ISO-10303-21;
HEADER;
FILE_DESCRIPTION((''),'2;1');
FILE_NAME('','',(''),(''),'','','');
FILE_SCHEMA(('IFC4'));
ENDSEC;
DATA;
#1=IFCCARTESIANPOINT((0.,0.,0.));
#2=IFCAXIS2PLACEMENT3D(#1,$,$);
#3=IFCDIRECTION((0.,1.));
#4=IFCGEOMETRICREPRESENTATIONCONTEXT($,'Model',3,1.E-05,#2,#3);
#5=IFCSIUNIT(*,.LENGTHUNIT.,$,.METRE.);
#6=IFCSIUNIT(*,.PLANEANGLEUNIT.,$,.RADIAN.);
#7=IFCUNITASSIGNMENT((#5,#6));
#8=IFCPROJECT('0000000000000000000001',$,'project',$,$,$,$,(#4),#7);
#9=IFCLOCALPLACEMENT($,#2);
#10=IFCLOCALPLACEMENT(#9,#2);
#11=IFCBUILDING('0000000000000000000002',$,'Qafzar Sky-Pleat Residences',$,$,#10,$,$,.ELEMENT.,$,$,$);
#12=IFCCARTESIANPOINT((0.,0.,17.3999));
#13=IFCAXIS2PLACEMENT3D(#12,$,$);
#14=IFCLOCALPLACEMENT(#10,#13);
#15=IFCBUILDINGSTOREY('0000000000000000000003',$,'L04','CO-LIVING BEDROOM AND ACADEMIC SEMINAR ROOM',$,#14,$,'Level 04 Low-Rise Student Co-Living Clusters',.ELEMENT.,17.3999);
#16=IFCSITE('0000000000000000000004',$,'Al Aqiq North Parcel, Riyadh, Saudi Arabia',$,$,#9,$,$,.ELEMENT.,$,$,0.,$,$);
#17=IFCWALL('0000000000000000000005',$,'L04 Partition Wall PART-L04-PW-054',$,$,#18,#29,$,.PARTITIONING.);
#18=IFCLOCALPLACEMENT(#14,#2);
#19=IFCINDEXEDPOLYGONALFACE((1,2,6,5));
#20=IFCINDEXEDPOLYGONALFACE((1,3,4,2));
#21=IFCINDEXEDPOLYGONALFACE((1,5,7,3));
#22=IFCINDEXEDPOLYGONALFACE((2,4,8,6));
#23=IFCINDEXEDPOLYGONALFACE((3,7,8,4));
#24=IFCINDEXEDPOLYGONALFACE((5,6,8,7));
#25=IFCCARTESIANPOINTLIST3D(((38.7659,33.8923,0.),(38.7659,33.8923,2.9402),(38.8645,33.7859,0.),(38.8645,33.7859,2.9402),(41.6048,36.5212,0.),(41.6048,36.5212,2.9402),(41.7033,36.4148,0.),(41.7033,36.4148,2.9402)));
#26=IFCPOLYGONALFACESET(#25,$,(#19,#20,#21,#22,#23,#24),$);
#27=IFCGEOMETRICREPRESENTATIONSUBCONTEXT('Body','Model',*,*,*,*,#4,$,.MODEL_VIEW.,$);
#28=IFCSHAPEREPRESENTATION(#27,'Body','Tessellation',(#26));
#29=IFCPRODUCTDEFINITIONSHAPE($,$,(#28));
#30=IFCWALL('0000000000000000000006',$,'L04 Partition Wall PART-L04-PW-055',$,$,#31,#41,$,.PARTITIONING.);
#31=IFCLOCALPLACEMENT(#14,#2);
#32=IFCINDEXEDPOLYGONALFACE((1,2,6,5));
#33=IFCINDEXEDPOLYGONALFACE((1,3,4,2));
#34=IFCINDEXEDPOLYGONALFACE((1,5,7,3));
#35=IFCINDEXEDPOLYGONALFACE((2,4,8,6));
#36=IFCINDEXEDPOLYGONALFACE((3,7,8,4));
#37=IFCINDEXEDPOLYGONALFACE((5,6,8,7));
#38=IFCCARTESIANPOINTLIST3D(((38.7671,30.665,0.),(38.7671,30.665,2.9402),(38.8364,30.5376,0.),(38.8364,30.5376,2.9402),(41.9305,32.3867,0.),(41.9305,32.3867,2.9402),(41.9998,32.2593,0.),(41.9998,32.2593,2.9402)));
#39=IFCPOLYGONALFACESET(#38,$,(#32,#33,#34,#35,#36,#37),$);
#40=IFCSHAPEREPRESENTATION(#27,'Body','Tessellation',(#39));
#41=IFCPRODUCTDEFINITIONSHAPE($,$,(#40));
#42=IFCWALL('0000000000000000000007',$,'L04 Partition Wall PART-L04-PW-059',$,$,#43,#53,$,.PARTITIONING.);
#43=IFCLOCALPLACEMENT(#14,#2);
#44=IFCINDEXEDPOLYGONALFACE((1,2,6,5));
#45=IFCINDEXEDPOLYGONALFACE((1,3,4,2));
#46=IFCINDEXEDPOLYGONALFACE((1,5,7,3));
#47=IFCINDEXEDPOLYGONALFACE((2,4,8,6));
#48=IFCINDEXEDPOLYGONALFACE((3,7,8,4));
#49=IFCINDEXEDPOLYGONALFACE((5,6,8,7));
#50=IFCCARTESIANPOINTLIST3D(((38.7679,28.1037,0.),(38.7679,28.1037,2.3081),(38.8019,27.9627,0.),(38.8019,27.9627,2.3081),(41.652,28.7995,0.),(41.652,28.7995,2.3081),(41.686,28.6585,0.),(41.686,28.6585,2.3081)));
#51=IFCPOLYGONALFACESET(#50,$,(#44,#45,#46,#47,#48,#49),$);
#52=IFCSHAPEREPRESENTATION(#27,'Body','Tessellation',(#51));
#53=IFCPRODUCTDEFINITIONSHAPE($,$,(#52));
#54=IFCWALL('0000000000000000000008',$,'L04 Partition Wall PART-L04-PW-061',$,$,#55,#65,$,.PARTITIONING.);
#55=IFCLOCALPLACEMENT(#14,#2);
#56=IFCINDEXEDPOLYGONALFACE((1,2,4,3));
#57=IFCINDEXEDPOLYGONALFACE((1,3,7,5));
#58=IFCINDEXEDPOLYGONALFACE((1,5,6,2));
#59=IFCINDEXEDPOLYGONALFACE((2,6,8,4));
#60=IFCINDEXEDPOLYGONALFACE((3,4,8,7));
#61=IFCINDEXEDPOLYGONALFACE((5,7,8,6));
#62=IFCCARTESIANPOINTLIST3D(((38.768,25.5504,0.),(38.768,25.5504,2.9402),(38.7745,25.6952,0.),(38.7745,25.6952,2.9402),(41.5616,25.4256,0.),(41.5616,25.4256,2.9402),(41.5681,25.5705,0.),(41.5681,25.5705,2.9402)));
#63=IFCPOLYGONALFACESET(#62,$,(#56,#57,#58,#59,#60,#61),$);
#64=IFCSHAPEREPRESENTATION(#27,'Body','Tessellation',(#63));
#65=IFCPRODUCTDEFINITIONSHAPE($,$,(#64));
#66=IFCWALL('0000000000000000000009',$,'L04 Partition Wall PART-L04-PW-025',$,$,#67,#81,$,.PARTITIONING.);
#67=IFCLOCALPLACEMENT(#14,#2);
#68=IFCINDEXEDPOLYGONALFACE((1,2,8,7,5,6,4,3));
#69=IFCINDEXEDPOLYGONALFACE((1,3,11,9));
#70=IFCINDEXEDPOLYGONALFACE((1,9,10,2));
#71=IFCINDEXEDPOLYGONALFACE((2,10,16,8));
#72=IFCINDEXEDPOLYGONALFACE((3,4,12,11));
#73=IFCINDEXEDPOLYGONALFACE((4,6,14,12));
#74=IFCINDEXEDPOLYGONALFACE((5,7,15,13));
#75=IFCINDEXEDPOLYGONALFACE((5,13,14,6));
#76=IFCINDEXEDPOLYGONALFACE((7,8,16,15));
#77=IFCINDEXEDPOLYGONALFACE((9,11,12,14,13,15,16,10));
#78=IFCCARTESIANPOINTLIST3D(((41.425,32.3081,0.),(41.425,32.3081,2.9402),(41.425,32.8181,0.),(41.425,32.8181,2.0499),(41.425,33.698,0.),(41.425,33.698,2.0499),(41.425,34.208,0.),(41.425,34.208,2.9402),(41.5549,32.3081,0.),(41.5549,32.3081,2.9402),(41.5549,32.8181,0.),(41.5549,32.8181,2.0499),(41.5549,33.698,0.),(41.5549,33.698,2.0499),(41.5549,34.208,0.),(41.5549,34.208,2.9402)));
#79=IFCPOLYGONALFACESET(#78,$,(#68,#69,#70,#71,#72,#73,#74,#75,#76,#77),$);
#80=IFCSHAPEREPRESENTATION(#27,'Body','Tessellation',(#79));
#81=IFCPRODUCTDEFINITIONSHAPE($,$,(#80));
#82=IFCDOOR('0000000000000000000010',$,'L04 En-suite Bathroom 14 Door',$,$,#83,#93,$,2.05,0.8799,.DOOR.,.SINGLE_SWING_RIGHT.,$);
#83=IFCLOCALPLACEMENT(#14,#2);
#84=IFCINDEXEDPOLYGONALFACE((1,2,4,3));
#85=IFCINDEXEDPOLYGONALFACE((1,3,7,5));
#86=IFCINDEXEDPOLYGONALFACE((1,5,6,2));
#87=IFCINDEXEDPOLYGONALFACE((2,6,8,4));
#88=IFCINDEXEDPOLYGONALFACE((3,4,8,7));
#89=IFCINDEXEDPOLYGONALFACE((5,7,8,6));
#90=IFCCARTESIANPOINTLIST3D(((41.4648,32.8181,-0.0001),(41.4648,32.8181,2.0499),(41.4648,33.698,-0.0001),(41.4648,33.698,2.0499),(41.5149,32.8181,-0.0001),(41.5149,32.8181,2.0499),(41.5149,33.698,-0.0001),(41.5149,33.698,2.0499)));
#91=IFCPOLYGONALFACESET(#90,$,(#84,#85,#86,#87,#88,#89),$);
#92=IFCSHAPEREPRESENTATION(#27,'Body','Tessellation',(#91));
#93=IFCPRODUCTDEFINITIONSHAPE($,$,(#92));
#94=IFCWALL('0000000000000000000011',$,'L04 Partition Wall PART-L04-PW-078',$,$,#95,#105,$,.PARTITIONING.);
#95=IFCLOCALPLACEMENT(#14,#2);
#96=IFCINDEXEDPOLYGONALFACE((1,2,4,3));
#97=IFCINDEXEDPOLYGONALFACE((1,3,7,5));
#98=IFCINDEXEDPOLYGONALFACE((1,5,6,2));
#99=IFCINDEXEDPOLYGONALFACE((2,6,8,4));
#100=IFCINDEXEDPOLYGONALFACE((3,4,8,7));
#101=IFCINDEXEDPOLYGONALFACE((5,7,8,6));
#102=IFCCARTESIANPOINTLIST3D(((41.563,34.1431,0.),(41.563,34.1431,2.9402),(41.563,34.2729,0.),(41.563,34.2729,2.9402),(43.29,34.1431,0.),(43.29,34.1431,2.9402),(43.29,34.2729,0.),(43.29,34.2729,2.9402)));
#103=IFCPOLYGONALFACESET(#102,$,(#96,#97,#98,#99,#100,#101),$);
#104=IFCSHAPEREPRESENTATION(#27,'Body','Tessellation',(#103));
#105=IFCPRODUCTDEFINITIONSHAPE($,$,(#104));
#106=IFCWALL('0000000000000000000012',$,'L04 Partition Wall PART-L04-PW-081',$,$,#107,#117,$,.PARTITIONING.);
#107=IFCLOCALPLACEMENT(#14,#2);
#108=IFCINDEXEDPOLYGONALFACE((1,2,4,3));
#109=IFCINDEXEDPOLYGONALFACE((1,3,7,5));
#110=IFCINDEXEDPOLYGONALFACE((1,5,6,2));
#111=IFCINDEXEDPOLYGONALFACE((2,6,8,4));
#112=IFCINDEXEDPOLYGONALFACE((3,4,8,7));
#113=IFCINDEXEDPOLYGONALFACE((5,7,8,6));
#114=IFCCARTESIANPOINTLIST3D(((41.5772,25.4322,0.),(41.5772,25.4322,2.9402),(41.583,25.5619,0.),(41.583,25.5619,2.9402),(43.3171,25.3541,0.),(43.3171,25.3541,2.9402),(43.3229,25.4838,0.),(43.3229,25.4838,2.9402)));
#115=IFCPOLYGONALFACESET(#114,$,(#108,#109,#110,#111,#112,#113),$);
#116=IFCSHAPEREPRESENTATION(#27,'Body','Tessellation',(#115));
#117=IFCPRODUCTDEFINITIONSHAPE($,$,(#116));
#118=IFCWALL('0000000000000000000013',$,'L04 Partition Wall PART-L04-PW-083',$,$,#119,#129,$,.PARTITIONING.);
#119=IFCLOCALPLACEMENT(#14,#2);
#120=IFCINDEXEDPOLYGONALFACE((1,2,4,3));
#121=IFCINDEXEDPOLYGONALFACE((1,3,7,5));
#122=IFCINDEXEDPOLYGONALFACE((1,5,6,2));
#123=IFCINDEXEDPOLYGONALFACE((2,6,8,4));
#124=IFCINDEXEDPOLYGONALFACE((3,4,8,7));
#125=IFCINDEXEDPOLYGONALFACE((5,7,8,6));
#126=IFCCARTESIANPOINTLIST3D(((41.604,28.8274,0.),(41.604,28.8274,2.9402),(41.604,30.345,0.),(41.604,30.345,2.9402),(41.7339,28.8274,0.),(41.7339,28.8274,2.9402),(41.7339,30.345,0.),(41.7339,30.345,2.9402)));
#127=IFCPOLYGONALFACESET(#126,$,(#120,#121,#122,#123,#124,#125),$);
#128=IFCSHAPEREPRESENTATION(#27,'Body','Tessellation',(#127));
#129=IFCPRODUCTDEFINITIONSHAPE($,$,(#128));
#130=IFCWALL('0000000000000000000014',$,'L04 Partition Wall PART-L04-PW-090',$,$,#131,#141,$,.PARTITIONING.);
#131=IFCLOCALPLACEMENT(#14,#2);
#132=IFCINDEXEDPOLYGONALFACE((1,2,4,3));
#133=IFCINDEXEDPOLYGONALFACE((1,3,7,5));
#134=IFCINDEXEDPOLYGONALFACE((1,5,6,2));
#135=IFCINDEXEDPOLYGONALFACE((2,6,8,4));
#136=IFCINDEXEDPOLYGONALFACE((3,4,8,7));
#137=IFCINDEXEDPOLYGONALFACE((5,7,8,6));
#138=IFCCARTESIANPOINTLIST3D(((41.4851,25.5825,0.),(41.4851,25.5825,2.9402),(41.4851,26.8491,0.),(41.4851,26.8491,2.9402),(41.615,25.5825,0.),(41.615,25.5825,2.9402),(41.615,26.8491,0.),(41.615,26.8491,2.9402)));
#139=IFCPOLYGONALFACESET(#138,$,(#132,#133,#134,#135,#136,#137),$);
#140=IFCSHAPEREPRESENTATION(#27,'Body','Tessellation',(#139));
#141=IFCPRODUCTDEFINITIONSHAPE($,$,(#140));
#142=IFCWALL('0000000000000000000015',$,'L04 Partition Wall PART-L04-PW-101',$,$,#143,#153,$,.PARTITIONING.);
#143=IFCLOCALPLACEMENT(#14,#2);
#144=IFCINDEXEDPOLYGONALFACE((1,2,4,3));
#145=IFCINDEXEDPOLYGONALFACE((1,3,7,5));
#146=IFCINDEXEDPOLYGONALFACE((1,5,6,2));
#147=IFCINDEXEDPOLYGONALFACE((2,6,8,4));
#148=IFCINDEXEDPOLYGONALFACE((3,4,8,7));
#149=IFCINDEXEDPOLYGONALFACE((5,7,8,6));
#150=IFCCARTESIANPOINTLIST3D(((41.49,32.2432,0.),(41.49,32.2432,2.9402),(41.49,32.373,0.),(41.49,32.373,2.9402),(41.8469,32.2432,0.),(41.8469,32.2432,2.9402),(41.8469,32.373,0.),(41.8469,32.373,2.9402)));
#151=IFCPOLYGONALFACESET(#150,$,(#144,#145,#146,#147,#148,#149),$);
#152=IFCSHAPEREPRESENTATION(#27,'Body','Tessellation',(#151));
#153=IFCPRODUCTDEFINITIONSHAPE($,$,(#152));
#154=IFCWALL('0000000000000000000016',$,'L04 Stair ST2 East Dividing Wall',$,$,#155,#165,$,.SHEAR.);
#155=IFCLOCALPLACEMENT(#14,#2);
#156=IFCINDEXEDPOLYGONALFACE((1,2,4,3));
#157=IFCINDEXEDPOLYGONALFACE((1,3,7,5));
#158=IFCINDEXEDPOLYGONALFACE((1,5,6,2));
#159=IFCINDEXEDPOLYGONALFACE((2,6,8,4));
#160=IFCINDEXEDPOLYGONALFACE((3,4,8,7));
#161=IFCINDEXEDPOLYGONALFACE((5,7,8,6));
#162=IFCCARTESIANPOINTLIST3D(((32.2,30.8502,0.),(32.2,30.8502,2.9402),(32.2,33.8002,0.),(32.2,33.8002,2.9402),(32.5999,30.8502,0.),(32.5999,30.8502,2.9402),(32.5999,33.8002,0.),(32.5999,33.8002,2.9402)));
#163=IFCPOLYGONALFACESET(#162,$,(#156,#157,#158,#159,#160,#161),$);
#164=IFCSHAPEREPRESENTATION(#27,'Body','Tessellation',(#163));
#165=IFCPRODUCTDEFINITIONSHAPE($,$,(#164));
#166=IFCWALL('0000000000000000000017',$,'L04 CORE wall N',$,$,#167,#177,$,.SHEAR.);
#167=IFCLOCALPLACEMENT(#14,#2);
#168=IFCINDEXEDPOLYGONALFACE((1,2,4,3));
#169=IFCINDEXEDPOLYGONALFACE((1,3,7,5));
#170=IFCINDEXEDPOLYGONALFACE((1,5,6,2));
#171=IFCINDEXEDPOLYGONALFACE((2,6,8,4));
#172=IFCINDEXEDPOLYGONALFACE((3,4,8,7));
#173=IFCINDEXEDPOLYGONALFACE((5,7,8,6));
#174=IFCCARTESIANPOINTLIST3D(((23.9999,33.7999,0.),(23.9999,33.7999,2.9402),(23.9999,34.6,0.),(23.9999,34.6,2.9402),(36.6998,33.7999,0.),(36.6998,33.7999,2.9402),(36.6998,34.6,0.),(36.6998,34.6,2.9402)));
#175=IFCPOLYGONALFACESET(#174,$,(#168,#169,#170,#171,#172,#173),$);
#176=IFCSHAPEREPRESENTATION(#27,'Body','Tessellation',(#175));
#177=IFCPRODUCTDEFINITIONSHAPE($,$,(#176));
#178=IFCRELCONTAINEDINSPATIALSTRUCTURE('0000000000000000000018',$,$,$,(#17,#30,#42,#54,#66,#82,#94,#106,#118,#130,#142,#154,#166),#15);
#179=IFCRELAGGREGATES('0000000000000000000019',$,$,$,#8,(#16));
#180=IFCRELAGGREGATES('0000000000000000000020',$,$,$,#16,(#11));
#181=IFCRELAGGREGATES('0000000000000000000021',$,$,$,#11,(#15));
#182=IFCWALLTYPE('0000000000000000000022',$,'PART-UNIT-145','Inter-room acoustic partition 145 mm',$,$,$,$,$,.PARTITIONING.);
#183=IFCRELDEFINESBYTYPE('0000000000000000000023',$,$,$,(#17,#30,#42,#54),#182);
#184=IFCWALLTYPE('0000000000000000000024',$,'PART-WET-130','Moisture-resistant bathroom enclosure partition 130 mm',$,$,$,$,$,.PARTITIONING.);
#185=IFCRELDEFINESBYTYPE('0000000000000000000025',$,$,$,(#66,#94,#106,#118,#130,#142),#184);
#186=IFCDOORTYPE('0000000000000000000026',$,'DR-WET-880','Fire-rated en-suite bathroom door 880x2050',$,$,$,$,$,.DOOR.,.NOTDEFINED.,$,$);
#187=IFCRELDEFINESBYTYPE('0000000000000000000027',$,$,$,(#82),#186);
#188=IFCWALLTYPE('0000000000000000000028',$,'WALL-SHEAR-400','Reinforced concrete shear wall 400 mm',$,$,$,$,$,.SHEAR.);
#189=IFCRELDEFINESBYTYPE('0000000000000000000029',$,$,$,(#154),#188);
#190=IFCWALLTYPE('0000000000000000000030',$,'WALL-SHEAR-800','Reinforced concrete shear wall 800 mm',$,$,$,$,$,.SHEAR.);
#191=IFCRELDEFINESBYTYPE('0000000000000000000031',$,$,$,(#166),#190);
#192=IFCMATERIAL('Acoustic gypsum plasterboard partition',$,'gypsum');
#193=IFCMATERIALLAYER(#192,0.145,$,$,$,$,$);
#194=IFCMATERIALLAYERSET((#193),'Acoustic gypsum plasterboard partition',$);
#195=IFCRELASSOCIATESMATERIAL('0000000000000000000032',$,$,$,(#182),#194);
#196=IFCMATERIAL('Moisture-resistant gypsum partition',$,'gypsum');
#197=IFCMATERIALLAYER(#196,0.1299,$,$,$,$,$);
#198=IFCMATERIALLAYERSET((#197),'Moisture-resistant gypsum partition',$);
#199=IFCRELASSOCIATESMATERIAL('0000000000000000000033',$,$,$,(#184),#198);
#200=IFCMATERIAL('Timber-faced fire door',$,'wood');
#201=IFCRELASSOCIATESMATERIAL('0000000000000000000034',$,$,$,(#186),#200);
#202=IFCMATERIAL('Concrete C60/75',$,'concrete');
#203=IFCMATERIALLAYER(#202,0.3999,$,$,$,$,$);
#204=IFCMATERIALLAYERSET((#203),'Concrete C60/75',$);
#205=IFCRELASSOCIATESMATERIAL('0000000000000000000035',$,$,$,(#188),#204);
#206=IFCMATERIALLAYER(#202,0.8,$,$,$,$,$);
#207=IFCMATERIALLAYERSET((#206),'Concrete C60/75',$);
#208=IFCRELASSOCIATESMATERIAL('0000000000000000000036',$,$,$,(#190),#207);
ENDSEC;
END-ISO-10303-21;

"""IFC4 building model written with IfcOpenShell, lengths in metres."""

from ifc_helpers import new_model, si_unit, direction, frame, frame_2d, origin, place, context, subcontext, project, spatial, rectangle, extrude, source, transform, mapped, material, layer, layer_set, type_object, element, fill, save


model = new_model("IFC4")

# Units and contexts
model_context = context("Model", 3, precision=1e-05, world=origin(), true_north=direction((0.0, 1.0)))
body_context = subcontext(model_context, "Body", "Model", "MODEL_VIEW")
ifc_project = project(units=[si_unit("LENGTHUNIT", "METRE"), si_unit("PLANEANGLEUNIT", "RADIAN")], contexts=[model_context])

# Site, building, storey
site_placement = place(None, origin())
site = spatial("IfcSite", under=ifc_project, at=site_placement, Name="Al Aqiq North Parcel, Riyadh, Saudi Arabia", CompositionType="ELEMENT", RefElevation=0.0)
building_placement = place(site_placement, origin())
building = spatial("IfcBuilding", under=site, at=building_placement, Name="Qafzar Sky-Pleat Residences", CompositionType="ELEMENT")
storey_placement = place(building_placement, frame((0.0, 0.0, 17.3999)))
storey = spatial("IfcBuildingStorey", under=building, at=storey_placement, Name="L04", Description="CO-LIVING BEDROOM AND ACADEMIC SEMINAR ROOM", LongName="Level 04 Low-Rise Student Co-Living Clusters", CompositionType="ELEMENT", Elevation=17.3999)

# Shared definitions
ifc_material_1 = material(Name="Acoustic gypsum plasterboard partition", Category="gypsum")
ifc_material_2 = material(Name="Timber-faced fire door", Category="wood")

# Walls
ifc_layer_1 = layer(ifc_material_1, 0.145)
ifc_layer_set_1 = layer_set([ifc_layer_1], Name="Acoustic gypsum plasterboard partition")
wall_type_1 = type_object("IfcWallType", Name="PART-UNIT-145", Description="Inter-room acoustic partition 145 mm", PredefinedType="PARTITIONING", material=ifc_layer_set_1)
wall_1_placement = place(storey_placement, frame((38.8152, 33.8391, 0.0), z_axis=(0.0, 0.0, 1.0), x_axis=(0.733719, 0.679453, 0.0)))
element("IfcWall", 1, at=wall_1_placement, inside=storey, type_object=wall_type_1, Name="L04 Partition Wall PART-L04-PW-054", PredefinedType="PARTITIONING", context=body_context, shape_type="SweptSolid", body=[
    extrude(rectangle(XDim=3.8691, YDim=0.145, at=frame_2d((1.9346, 0.0))), origin(), (0.0, 0.0, 1.0), 2.9402),
])
wall_2_placement = place(storey_placement, frame((38.8018, 30.6013, 0.0), z_axis=(0.0, 0.0, 1.0), x_axis=(0.878336, 0.478045, 0.0)))
element("IfcWall", 2, at=wall_2_placement, inside=storey, type_object=wall_type_1, Name="L04 Partition Wall PART-L04-PW-055", PredefinedType="PARTITIONING", context=body_context, shape_type="SweptSolid", body=[
    extrude(rectangle(XDim=3.6016, YDim=0.145, at=frame_2d((1.8008, 0.0))), origin(), (0.0, 0.0, 1.0), 2.9402),
])
wall_3_placement = place(storey_placement, frame((38.7849, 28.0332, 0.0), z_axis=(0.0, 0.0, 1.0), x_axis=(0.972109, 0.234531, 0.0)))
element("IfcWall", 3, at=wall_3_placement, inside=storey, type_object=wall_type_1, Name="L04 Partition Wall PART-L04-PW-059", PredefinedType="PARTITIONING", context=body_context, shape_type="SweptSolid", body=[
    extrude(rectangle(XDim=2.9668, YDim=0.145, at=frame_2d((1.4834, 0.0))), origin(), (0.0, 0.0, 1.0), 2.3081),
])
wall_4_placement = place(storey_placement, frame((38.7712, 25.6228, 0.0), z_axis=(0.0, 0.0, 1.0), x_axis=(0.999004, -0.044612, 0.0)))
element("IfcWall", 4, at=wall_4_placement, inside=storey, type_object=wall_type_1, Name="L04 Partition Wall PART-L04-PW-061", PredefinedType="PARTITIONING", context=body_context, shape_type="SweptSolid", body=[
    extrude(rectangle(XDim=2.7964, YDim=0.145, at=frame_2d((1.3982, 0.0))), origin(), (0.0, 0.0, 1.0), 2.9402),
])

# Wall, opening, door
ifc_material_3 = material(Name="Moisture-resistant gypsum partition", Category="gypsum")
ifc_layer_2 = layer(ifc_material_3, 0.1299)
ifc_layer_set_2 = layer_set([ifc_layer_2], Name="Moisture-resistant gypsum partition")
wall_type_2 = type_object("IfcWallType", Name="PART-WET-130", Description="Moisture-resistant bathroom enclosure partition 130 mm", PredefinedType="PARTITIONING", material=ifc_layer_set_2)
wall_5_placement = place(storey_placement, frame((41.49, 34.208, 0.0), z_axis=(0.0, 0.0, 1.0), x_axis=(0.0, -1.0, 0.0)))
wall_5 = element("IfcWall", 5, at=wall_5_placement, inside=storey, type_object=wall_type_2, Name="L04 Partition Wall PART-L04-PW-025", PredefinedType="PARTITIONING", context=body_context, shape_type="SweptSolid", body=[
    extrude(rectangle(XDim=1.8999, YDim=0.1299, at=frame_2d((0.95, 0.0))), origin(), (0.0, 0.0, 1.0), 2.9402),
])
opening_1_placement = place(wall_5_placement, frame((0.51, 0.0, 0.0)))
opening_1 = element("IfcOpeningElement", 6, at=opening_1_placement, cuts=wall_5, PredefinedType="OPENING", context=body_context, shape_type="SweptSolid", body=[
    extrude(rectangle(XDim=0.8799, YDim=2.05, at=frame_2d((0.4399, 1.0249))), frame((0.0, 0.075, 0.0), z_axis=(0.0, -1.0, 0.0), x_axis=(1.0, 0.0, 0.0)), (0.0, 0.0, 1.0), 0.1499),
])
door_type_1 = type_object("IfcDoorType", Name="DR-WET-880", Description="Fire-rated en-suite bathroom door 880x2050", OperationType="NOTDEFINED", PredefinedType="DOOR", material=ifc_material_2)
shared_shape_1 = source(origin(), body_context, "Body", "SweptSolid", [
    extrude(rectangle(XDim=0.8799, YDim=2.05, at=frame_2d((0.4399, 1.0249))), frame((0.0, 0.0249, 0.0), z_axis=(0.0, -1.0, 0.0), x_axis=(1.0, 0.0, 0.0)), (0.0, 0.0, 1.0), 0.05),
])
door_1_placement = place(opening_1_placement, origin())
door_1 = element("IfcDoor", 7, at=door_1_placement, inside=storey, type_object=door_type_1, Name="L04 En-suite Bathroom 14 Door", OperationType="SINGLE_SWING_RIGHT", OverallHeight=2.05, OverallWidth=0.8799, PredefinedType="DOOR", context=body_context, shape_type="MappedRepresentation", body=[
    mapped(shared_shape_1, transform((0.0, 0.0, 0.0), x_axis=(1.0, 0.0, 0.0), y_axis=(0.0, 1.0, 0.0), z_axis=(0.0, 0.0, 1.0), scale=1.0)),
])
fill(opening_1, door_1)

# Walls
wall_6_placement = place(storey_placement, frame((41.563, 34.208, 0.0), z_axis=(0.0, 0.0, 1.0), x_axis=(1.0, 0.0, 0.0)))
element("IfcWall", 8, at=wall_6_placement, inside=storey, type_object=wall_type_2, Name="L04 Partition Wall PART-L04-PW-078", PredefinedType="PARTITIONING", context=body_context, shape_type="SweptSolid", body=[
    extrude(rectangle(XDim=1.7271, YDim=0.1299, at=frame_2d((0.8635, 0.0))), origin(), (0.0, 0.0, 1.0), 2.9402),
])
wall_7_placement = place(storey_placement, frame((41.5801, 25.4971, 0.0), z_axis=(0.0, 0.0, 1.0), x_axis=(0.998994, -0.044854, 0.0)))
element("IfcWall", 9, at=wall_7_placement, inside=storey, type_object=wall_type_2, Name="L04 Partition Wall PART-L04-PW-081", PredefinedType="PARTITIONING", context=body_context, shape_type="SweptSolid", body=[
    extrude(rectangle(XDim=1.7417, YDim=0.1299, at=frame_2d((0.8708, 0.0))), origin(), (0.0, 0.0, 1.0), 2.9402),
])
wall_8_placement = place(storey_placement, frame((41.6689, 28.8274, 0.0), z_axis=(0.0, 0.0, 1.0), x_axis=(0.0, 1.0, 0.0)))
element("IfcWall", 10, at=wall_8_placement, inside=storey, type_object=wall_type_2, Name="L04 Partition Wall PART-L04-PW-083", PredefinedType="PARTITIONING", context=body_context, shape_type="SweptSolid", body=[
    extrude(rectangle(XDim=1.5176, YDim=0.1299, at=frame_2d((0.7588, 0.0))), origin(), (0.0, 0.0, 1.0), 2.9402),
])
wall_9_placement = place(storey_placement, frame((41.55, 25.5825, 0.0), z_axis=(0.0, 0.0, 1.0), x_axis=(0.0, 1.0, 0.0)))
element("IfcWall", 11, at=wall_9_placement, inside=storey, type_object=wall_type_2, Name="L04 Partition Wall PART-L04-PW-090", PredefinedType="PARTITIONING", context=body_context, shape_type="SweptSolid", body=[
    extrude(rectangle(XDim=1.2666, YDim=0.1299, at=frame_2d((0.6333, 0.0))), origin(), (0.0, 0.0, 1.0), 2.9402),
])
wall_10_placement = place(storey_placement, frame((41.49, 32.3081, 0.0), z_axis=(0.0, 0.0, 1.0), x_axis=(1.0, 0.0, 0.0)))
element("IfcWall", 12, at=wall_10_placement, inside=storey, type_object=wall_type_2, Name="L04 Partition Wall PART-L04-PW-101", PredefinedType="PARTITIONING", context=body_context, shape_type="SweptSolid", body=[
    extrude(rectangle(XDim=0.3569, YDim=0.1299, at=frame_2d((0.1785, 0.0))), origin(), (0.0, 0.0, 1.0), 2.9402),
])
ifc_material_4 = material(Name="Concrete C60/75", Category="concrete")
ifc_layer_3 = layer(ifc_material_4, 0.3999)
ifc_layer_set_3 = layer_set([ifc_layer_3], Name="Concrete C60/75")
wall_type_3 = type_object("IfcWallType", Name="WALL-SHEAR-400", Description="Reinforced concrete shear wall 400 mm", PredefinedType="SHEAR", material=ifc_layer_set_3)
wall_11_placement = place(storey_placement, frame((32.3999, 30.8501, 0.0), z_axis=(0.0, 0.0, 1.0), x_axis=(0.0, 1.0, 0.0)))
element("IfcWall", 13, at=wall_11_placement, inside=storey, type_object=wall_type_3, Name="L04 Stair ST2 East Dividing Wall", PredefinedType="SHEAR", context=body_context, shape_type="SweptSolid", body=[
    extrude(rectangle(XDim=2.95, YDim=0.3999, at=frame_2d((1.4751, 0.0))), origin(), (0.0, 0.0, 1.0), 2.9402),
])
ifc_layer_4 = layer(ifc_material_4, 0.8)
ifc_layer_set_4 = layer_set([ifc_layer_4], Name="Concrete C60/75")
wall_type_4 = type_object("IfcWallType", Name="WALL-SHEAR-800", Description="Reinforced concrete shear wall 800 mm", PredefinedType="SHEAR", material=ifc_layer_set_4)
wall_12_placement = place(storey_placement, frame((36.7, 34.2, 0.0), z_axis=(0.0, 0.0, 1.0), x_axis=(-1.0, 0.0, 0.0)))
element("IfcWall", 14, at=wall_12_placement, inside=storey, type_object=wall_type_4, Name="L04 CORE wall N", PredefinedType="SHEAR", context=body_context, shape_type="SweptSolid", body=[
    extrude(rectangle(XDim=12.7, YDim=0.8, at=frame_2d((6.3501, 0.0))), origin(), (0.0, 0.0, 1.0), 2.9402),
])

save(model, "model.ifc")
